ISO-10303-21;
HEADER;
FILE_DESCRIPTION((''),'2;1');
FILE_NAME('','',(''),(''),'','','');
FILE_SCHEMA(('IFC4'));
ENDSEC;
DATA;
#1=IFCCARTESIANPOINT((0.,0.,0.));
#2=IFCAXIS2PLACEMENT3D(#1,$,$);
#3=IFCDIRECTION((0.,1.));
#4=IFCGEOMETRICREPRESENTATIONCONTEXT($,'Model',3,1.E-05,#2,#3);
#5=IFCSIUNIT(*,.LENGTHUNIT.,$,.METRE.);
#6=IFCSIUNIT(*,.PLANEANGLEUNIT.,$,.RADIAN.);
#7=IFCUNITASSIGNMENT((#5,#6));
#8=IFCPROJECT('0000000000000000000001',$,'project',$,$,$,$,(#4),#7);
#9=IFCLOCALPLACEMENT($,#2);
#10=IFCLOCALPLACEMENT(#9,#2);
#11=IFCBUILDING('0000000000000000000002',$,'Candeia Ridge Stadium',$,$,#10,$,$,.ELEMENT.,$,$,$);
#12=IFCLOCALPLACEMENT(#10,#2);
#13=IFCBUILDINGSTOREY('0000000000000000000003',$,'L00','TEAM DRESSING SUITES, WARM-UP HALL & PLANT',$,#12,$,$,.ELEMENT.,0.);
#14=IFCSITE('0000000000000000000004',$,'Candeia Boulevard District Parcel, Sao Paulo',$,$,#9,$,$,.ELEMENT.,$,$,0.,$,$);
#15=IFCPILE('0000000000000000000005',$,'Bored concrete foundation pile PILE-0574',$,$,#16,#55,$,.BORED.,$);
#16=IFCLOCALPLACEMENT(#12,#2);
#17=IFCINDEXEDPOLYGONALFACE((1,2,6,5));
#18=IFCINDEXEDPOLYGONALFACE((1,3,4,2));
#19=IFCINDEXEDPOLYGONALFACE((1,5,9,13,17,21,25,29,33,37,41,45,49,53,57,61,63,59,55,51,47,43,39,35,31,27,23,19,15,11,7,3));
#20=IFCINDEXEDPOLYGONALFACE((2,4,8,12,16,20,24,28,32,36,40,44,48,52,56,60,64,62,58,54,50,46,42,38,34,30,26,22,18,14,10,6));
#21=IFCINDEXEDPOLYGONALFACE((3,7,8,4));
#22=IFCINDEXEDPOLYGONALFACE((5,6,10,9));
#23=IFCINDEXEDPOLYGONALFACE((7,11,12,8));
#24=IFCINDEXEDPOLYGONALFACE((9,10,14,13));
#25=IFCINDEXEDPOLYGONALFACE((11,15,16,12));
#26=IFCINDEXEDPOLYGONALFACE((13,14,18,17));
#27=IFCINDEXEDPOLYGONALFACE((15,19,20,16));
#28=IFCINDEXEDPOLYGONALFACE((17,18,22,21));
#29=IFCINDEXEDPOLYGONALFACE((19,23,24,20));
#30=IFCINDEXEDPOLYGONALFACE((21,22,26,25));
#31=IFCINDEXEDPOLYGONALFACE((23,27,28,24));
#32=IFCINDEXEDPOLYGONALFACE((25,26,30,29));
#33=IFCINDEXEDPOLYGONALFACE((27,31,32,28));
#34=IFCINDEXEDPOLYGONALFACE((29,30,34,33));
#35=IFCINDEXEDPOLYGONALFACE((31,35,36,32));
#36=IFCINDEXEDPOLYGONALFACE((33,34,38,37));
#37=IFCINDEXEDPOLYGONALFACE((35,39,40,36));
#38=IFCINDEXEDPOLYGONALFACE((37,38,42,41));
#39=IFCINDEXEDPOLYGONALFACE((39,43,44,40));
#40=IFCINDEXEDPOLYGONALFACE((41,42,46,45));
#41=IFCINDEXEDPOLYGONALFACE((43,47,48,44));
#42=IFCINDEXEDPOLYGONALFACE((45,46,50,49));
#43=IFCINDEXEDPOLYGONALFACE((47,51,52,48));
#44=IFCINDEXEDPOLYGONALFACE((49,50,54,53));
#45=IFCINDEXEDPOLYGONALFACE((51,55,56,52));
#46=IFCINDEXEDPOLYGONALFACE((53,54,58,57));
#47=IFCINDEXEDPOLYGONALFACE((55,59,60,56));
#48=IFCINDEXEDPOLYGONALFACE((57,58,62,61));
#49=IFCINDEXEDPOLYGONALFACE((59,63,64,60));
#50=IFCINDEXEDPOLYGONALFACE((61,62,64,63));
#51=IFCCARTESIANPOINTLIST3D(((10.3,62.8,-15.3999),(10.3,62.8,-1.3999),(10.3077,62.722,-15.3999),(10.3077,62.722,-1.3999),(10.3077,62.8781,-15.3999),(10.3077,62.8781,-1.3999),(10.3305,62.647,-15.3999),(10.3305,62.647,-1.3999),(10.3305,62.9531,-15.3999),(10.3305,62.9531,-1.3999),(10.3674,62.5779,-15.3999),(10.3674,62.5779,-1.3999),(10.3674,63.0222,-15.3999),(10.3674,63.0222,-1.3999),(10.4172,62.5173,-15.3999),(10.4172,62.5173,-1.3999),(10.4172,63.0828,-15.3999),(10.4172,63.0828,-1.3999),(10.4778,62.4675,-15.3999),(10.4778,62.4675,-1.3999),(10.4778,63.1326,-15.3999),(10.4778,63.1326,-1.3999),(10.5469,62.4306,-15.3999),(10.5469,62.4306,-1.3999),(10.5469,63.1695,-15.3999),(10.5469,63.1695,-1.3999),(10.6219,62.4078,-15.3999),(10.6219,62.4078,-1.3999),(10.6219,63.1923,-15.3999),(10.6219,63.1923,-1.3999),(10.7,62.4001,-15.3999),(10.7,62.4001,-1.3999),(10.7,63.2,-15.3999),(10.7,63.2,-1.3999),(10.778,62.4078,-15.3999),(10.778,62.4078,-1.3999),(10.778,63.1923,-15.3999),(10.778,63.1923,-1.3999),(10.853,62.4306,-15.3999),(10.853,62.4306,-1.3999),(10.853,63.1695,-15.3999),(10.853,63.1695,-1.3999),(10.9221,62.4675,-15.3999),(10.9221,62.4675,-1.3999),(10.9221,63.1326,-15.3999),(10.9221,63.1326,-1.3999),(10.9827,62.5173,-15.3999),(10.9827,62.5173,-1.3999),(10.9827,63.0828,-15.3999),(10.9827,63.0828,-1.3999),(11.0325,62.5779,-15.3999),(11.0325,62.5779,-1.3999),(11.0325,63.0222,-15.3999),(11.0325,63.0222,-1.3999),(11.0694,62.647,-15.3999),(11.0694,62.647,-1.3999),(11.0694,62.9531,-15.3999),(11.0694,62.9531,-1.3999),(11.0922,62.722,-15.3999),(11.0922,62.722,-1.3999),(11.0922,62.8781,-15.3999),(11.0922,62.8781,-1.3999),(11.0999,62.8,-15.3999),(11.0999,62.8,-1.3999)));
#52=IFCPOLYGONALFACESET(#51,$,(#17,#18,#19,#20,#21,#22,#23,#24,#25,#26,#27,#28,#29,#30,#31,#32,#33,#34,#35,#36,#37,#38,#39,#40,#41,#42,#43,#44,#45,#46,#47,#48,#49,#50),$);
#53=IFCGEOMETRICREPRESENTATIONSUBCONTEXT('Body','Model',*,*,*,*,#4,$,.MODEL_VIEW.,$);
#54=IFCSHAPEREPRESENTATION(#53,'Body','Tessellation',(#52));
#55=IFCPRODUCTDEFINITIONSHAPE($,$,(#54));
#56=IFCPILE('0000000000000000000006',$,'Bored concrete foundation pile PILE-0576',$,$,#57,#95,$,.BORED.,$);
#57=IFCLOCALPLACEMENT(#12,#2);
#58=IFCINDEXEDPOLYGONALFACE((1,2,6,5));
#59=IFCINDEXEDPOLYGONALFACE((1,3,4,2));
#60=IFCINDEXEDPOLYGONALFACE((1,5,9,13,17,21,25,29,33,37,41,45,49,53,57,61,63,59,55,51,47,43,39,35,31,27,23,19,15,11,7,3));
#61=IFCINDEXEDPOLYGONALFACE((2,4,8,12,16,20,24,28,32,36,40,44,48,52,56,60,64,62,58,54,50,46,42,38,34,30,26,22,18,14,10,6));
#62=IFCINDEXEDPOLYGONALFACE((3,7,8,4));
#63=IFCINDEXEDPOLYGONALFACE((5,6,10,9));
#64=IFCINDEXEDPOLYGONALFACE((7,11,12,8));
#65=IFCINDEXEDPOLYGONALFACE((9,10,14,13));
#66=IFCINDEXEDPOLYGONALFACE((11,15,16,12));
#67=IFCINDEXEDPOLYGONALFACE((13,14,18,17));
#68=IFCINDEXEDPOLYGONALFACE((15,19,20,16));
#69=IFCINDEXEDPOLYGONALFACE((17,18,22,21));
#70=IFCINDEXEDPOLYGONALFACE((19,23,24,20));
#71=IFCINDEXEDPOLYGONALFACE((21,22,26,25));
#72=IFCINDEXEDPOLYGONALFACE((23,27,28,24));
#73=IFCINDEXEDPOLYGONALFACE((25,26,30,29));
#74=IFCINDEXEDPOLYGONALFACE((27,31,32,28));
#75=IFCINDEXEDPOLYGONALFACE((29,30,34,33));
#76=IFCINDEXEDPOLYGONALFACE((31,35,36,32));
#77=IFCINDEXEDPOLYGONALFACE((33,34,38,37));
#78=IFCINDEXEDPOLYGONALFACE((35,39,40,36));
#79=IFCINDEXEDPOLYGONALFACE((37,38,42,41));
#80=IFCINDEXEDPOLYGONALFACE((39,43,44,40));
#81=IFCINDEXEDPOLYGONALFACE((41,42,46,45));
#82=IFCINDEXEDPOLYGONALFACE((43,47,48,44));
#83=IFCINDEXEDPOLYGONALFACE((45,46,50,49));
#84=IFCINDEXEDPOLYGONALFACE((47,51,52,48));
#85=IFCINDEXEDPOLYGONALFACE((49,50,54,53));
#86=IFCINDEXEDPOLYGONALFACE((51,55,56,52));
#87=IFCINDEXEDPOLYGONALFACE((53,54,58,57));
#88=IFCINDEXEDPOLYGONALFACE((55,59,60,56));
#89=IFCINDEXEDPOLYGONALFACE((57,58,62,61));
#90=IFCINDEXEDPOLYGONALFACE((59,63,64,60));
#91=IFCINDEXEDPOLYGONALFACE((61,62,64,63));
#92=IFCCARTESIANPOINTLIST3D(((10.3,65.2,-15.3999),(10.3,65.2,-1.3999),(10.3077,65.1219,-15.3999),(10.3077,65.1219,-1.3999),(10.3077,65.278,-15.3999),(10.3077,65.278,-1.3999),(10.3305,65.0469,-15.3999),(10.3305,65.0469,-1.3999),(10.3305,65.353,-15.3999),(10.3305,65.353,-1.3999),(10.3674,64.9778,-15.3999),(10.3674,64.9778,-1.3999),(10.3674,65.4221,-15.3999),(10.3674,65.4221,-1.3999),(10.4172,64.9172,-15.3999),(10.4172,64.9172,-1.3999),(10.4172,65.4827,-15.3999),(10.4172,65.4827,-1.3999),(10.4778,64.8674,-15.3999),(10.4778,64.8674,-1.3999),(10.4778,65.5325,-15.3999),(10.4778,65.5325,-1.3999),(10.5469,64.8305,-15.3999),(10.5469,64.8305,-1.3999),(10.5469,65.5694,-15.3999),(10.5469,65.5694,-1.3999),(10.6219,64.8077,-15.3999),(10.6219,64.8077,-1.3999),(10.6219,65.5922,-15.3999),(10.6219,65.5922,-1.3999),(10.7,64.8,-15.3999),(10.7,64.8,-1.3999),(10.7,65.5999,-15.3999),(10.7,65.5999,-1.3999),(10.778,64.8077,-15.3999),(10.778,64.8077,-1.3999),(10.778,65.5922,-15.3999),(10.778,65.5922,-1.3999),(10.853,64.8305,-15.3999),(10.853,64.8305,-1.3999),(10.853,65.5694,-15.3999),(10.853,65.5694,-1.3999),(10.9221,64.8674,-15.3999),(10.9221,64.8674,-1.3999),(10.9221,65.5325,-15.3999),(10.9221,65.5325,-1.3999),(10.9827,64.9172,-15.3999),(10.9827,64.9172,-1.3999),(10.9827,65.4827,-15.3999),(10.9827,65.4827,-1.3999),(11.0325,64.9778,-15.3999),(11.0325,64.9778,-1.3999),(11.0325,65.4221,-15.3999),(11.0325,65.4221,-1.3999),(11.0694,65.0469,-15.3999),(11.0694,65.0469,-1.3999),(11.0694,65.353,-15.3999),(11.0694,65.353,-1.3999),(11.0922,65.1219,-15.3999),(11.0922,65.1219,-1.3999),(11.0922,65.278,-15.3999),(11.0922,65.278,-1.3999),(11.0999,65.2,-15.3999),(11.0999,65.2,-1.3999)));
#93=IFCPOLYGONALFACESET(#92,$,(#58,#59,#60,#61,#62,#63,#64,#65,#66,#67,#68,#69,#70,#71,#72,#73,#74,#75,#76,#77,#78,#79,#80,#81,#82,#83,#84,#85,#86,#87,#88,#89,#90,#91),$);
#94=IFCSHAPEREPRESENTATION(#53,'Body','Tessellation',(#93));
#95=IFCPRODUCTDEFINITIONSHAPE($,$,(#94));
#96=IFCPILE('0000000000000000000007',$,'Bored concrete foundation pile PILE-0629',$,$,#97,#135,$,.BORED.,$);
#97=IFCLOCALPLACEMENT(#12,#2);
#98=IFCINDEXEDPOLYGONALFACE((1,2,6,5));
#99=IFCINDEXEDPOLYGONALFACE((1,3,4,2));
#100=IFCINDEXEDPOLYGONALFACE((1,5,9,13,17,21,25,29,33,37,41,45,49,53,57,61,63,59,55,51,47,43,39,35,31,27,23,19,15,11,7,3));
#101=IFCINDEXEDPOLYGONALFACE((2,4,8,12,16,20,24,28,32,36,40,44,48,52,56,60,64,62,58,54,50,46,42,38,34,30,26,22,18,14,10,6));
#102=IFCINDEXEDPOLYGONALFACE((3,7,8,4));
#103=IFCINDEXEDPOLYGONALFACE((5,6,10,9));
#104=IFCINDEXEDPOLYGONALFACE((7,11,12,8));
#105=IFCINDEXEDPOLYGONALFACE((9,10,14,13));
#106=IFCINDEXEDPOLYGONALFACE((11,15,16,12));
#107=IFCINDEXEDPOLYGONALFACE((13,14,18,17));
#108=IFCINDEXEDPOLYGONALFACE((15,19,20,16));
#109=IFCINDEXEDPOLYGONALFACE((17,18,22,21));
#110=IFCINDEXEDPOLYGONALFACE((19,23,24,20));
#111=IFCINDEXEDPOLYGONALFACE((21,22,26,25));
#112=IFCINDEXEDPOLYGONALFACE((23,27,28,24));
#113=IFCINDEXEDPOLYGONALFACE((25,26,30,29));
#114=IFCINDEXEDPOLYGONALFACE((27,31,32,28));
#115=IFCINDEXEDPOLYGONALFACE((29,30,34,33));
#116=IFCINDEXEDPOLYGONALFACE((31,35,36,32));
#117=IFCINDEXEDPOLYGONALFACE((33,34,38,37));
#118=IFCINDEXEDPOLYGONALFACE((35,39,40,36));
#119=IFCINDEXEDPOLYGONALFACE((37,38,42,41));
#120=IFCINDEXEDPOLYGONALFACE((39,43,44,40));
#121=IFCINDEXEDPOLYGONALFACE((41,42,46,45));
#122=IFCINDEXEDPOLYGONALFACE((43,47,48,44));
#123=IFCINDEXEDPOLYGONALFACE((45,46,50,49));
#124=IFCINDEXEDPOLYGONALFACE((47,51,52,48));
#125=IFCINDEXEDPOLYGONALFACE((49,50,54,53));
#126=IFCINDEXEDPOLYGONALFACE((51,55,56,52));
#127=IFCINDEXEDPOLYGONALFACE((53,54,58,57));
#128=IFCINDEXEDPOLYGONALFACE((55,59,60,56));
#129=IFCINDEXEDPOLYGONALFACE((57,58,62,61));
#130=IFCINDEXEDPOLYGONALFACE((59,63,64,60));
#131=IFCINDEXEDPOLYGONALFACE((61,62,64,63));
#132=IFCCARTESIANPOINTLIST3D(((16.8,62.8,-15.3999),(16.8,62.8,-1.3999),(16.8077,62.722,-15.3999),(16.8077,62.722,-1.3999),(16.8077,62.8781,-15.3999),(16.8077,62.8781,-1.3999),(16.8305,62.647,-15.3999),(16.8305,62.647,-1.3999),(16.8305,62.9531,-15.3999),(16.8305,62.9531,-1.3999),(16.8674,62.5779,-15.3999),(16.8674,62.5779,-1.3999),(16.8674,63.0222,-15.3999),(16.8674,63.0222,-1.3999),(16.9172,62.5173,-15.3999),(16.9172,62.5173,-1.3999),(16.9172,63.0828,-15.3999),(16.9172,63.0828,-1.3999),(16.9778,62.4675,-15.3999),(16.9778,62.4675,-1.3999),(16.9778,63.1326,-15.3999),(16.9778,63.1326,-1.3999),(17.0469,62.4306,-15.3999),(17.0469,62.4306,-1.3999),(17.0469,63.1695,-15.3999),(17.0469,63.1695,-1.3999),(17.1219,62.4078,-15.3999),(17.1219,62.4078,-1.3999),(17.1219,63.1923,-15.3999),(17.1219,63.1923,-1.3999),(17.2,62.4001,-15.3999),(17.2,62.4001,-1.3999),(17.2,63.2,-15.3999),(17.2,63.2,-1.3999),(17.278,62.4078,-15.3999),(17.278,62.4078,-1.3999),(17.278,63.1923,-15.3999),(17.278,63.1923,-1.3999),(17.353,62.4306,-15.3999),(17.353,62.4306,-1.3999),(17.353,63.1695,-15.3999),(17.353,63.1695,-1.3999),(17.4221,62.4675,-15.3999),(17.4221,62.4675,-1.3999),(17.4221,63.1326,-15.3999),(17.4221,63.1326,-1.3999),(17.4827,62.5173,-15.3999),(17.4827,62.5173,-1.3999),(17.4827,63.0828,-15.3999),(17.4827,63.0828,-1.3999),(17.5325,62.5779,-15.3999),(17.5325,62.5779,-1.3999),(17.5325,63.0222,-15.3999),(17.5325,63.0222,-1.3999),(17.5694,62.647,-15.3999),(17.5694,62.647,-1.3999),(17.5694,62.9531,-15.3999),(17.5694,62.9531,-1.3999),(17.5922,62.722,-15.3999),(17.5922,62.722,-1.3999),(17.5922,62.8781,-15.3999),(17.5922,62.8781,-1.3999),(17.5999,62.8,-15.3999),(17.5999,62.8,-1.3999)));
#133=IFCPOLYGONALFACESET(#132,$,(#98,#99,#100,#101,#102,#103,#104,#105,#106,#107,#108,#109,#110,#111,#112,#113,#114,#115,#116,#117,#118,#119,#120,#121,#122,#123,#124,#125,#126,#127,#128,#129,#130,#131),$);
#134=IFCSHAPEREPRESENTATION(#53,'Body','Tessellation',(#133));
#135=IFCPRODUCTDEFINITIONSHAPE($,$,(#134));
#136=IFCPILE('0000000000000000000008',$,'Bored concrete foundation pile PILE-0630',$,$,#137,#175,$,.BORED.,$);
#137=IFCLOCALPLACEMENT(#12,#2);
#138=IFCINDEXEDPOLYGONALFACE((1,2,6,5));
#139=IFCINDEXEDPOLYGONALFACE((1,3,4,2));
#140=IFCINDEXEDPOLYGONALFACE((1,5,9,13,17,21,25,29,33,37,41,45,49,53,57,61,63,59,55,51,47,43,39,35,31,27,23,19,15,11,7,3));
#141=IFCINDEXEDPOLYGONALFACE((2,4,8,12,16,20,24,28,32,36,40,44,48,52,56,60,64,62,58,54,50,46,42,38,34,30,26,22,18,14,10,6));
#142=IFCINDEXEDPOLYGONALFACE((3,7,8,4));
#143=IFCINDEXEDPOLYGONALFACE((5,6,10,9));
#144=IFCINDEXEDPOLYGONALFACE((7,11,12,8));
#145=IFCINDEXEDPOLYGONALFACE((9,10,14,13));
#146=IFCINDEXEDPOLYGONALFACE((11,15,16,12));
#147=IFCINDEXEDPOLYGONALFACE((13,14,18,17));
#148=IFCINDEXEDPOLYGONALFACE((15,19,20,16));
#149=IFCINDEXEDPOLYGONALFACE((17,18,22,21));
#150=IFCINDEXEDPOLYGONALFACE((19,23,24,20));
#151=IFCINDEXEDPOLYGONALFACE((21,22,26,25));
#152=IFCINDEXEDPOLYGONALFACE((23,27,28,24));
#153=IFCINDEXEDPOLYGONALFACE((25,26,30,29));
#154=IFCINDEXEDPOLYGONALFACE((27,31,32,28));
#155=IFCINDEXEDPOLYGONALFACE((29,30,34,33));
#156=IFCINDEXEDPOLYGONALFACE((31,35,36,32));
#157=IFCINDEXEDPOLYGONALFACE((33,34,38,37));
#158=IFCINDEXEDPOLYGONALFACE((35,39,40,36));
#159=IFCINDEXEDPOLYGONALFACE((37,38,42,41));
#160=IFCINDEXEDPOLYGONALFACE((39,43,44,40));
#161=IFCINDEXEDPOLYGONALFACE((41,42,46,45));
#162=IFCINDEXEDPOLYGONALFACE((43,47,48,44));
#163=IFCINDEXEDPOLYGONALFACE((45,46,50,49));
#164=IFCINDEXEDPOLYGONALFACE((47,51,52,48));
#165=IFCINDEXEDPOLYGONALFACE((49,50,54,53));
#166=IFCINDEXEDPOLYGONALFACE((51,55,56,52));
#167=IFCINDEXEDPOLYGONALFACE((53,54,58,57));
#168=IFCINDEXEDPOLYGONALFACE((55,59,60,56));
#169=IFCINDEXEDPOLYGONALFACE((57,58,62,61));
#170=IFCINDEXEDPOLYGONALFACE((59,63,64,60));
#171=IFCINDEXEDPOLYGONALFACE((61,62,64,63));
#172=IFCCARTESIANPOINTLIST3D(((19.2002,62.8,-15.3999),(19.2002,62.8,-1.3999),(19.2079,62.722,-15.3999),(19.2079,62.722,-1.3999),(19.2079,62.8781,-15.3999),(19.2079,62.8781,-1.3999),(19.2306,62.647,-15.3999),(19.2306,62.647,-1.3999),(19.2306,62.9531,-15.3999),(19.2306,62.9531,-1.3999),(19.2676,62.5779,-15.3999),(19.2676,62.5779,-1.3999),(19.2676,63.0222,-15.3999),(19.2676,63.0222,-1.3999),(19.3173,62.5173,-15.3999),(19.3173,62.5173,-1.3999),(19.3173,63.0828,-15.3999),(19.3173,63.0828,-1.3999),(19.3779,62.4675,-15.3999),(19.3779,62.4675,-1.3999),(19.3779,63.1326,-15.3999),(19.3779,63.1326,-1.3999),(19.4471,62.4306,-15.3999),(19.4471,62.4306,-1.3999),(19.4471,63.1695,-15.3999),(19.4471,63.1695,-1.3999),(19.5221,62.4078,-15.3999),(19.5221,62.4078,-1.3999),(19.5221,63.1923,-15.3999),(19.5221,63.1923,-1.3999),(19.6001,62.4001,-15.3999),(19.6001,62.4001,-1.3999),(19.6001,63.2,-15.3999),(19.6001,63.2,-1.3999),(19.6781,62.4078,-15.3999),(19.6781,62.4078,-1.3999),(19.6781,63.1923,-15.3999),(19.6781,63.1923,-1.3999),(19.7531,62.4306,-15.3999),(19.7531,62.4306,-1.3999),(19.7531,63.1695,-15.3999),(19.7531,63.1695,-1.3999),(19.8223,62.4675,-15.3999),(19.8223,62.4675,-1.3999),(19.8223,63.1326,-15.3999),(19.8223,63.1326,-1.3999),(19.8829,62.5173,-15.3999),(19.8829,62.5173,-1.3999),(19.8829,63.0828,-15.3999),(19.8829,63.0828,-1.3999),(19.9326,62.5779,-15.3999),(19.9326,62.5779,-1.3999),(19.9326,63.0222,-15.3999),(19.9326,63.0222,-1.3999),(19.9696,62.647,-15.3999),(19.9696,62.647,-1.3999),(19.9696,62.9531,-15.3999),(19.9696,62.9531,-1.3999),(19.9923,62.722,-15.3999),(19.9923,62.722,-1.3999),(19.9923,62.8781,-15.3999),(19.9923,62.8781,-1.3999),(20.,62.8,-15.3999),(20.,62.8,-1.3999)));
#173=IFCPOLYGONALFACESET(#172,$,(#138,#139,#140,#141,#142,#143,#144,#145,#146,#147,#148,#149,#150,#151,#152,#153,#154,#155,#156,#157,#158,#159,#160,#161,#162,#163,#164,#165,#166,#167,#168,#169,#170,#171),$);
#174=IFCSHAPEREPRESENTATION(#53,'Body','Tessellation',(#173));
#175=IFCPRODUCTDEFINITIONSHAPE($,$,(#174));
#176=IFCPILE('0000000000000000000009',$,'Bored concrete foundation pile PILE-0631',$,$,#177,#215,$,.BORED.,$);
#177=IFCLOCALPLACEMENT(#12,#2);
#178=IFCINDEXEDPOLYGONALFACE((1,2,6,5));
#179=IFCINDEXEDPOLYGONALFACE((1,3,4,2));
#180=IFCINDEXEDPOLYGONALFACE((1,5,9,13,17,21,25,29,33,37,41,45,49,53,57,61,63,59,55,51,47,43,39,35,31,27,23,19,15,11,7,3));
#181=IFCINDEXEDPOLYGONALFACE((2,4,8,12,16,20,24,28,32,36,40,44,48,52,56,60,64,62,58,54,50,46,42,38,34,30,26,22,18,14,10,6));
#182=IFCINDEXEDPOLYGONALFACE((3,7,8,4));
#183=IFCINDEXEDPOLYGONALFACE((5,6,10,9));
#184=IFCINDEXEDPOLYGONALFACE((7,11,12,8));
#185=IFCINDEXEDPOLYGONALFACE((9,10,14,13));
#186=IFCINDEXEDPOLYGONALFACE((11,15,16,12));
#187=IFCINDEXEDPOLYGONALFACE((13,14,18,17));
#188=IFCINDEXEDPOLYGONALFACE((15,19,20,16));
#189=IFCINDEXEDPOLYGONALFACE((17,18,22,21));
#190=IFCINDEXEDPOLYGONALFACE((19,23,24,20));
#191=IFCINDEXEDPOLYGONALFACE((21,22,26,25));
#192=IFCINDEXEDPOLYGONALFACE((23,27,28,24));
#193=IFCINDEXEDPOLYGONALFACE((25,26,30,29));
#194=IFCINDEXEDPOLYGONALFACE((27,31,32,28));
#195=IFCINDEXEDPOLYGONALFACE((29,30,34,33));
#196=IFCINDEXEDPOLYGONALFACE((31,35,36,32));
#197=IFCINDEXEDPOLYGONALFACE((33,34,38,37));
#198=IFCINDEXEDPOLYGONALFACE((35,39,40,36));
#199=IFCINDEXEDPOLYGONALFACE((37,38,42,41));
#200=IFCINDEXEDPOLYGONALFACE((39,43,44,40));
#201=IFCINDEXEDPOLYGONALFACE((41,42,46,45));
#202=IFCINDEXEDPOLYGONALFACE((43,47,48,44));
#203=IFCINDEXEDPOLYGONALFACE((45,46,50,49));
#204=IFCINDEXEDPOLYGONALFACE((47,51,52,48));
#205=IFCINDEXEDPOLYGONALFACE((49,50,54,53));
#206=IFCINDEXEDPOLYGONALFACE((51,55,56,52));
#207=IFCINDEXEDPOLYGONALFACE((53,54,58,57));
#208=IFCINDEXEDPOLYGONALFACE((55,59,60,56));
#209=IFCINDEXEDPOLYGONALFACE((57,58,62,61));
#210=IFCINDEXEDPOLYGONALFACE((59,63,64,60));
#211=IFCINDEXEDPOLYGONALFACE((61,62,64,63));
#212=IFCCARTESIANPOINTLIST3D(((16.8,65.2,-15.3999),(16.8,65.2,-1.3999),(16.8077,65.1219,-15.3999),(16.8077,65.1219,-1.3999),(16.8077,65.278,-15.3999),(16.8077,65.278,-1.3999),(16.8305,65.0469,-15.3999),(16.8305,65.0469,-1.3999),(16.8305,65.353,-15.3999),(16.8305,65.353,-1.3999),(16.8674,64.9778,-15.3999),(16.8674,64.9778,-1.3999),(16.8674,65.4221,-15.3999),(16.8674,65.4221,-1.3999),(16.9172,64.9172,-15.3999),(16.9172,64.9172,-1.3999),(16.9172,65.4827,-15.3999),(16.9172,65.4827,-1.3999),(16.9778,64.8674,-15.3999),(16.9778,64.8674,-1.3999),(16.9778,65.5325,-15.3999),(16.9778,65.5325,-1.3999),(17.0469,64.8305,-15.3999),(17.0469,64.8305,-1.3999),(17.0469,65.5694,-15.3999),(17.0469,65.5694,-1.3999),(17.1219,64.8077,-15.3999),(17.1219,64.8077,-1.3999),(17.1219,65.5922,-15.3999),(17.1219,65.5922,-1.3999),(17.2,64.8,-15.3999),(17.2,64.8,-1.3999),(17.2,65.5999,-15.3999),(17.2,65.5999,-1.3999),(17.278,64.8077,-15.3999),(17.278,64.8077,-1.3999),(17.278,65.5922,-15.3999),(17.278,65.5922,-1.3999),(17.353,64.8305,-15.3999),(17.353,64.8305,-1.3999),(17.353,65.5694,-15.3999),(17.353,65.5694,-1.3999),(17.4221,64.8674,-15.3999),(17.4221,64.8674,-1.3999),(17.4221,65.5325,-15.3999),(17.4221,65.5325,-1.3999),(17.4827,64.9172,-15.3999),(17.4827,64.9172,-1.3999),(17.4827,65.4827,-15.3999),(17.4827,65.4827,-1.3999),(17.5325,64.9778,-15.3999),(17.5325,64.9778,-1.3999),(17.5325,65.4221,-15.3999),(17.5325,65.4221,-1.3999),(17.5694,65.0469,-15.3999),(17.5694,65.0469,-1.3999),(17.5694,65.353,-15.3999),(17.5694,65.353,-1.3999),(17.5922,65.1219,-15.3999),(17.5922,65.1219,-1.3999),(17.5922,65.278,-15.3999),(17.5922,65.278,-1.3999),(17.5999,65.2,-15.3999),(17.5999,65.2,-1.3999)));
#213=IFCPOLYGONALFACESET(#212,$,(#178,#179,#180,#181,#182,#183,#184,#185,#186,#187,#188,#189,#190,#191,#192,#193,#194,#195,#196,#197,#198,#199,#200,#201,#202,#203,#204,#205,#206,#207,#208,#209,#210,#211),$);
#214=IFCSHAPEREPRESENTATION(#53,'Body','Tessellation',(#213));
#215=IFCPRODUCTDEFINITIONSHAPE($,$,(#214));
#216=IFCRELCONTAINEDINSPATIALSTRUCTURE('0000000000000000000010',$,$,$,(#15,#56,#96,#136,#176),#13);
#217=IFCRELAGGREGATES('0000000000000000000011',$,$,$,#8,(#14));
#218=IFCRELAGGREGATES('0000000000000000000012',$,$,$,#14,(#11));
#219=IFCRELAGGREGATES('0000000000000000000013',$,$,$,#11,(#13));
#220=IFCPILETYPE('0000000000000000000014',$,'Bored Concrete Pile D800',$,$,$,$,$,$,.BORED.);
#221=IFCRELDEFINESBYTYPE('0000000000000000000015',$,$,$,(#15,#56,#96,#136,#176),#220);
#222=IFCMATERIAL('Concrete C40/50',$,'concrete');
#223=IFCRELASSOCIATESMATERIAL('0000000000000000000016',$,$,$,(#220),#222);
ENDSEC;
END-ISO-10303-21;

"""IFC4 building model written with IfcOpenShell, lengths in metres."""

from ifc_helpers import new_model, si_unit, direction, frame, origin, origin_2d, place, context, subcontext, project, spatial, circle, extrude, material, material_profile, profile_set, type_object, element, save


model = new_model("IFC4")

# Units and contexts
model_context = context("Model", 3, precision=1e-05, world=origin(), true_north=direction((0.0, 1.0)))
body_context = subcontext(model_context, "Body", "Model", "MODEL_VIEW")
ifc_project = project(units=[si_unit("LENGTHUNIT", "METRE"), si_unit("PLANEANGLEUNIT", "RADIAN")], contexts=[model_context])

# Site, building, storey
site_placement = place(None, origin())
site = spatial("IfcSite", under=ifc_project, at=site_placement, Name="Candeia Boulevard District Parcel, Sao Paulo", CompositionType="ELEMENT", RefElevation=0.0)
building_placement = place(site_placement, origin())
building = spatial("IfcBuilding", under=site, at=building_placement, Name="Candeia Ridge Stadium", CompositionType="ELEMENT")
storey_placement = place(building_placement, origin())
storey = spatial("IfcBuildingStorey", under=building, at=storey_placement, Name="L00", Description="TEAM DRESSING SUITES, WARM-UP HALL & PLANT", CompositionType="ELEMENT", Elevation=0.0)

# Piles
ifc_material_1 = material(Name="Concrete C40/50", Category="concrete")
ifc_material_profile_1 = material_profile(ifc_material_1, circle(Radius=0.3999, at=origin_2d()), Name="PILE-D800", Category="concrete")
ifc_profile_set_1 = profile_set([ifc_material_profile_1], Name="Concrete C40/50")
pile_type_1 = type_object("IfcPileType", Name="Bored Concrete Pile D800", PredefinedType="BORED", material=ifc_profile_set_1)
for number, where, z_axis, x_axis, name in (
    (1, (10.7, 62.8, -1.3999), (0.0, 0.0, -1.0), (1.0, 0.0, 0.0), "Bored concrete foundation pile PILE-0574"),
    (2, (10.7, 65.2, -1.3999), (0.0, 0.0, -1.0), (1.0, 0.0, 0.0), "Bored concrete foundation pile PILE-0576"),
    (3, (17.2, 62.8, -1.3999), (0.0, 0.0, -1.0), (1.0, 0.0, 0.0), "Bored concrete foundation pile PILE-0629"),
    (4, (19.6001, 62.8, -1.3999), (0.0, 0.0, -1.0), (1.0, 0.0, 0.0), "Bored concrete foundation pile PILE-0630"),
    (5, (17.2, 65.2, -1.3999), (0.0, 0.0, -1.0), (1.0, 0.0, 0.0), "Bored concrete foundation pile PILE-0631"),
):
    element("IfcPile", number, at=place(storey_placement, frame(where, z_axis=z_axis, x_axis=x_axis)), inside=storey, type_object=pile_type_1, Name=name, PredefinedType="BORED", context=body_context, shape_type="SweptSolid", body=[
        extrude(circle(Radius=0.3999, at=origin_2d()), origin(), (0.0, 0.0, 1.0), 14.0),
    ])

save(model, "model.ifc")
